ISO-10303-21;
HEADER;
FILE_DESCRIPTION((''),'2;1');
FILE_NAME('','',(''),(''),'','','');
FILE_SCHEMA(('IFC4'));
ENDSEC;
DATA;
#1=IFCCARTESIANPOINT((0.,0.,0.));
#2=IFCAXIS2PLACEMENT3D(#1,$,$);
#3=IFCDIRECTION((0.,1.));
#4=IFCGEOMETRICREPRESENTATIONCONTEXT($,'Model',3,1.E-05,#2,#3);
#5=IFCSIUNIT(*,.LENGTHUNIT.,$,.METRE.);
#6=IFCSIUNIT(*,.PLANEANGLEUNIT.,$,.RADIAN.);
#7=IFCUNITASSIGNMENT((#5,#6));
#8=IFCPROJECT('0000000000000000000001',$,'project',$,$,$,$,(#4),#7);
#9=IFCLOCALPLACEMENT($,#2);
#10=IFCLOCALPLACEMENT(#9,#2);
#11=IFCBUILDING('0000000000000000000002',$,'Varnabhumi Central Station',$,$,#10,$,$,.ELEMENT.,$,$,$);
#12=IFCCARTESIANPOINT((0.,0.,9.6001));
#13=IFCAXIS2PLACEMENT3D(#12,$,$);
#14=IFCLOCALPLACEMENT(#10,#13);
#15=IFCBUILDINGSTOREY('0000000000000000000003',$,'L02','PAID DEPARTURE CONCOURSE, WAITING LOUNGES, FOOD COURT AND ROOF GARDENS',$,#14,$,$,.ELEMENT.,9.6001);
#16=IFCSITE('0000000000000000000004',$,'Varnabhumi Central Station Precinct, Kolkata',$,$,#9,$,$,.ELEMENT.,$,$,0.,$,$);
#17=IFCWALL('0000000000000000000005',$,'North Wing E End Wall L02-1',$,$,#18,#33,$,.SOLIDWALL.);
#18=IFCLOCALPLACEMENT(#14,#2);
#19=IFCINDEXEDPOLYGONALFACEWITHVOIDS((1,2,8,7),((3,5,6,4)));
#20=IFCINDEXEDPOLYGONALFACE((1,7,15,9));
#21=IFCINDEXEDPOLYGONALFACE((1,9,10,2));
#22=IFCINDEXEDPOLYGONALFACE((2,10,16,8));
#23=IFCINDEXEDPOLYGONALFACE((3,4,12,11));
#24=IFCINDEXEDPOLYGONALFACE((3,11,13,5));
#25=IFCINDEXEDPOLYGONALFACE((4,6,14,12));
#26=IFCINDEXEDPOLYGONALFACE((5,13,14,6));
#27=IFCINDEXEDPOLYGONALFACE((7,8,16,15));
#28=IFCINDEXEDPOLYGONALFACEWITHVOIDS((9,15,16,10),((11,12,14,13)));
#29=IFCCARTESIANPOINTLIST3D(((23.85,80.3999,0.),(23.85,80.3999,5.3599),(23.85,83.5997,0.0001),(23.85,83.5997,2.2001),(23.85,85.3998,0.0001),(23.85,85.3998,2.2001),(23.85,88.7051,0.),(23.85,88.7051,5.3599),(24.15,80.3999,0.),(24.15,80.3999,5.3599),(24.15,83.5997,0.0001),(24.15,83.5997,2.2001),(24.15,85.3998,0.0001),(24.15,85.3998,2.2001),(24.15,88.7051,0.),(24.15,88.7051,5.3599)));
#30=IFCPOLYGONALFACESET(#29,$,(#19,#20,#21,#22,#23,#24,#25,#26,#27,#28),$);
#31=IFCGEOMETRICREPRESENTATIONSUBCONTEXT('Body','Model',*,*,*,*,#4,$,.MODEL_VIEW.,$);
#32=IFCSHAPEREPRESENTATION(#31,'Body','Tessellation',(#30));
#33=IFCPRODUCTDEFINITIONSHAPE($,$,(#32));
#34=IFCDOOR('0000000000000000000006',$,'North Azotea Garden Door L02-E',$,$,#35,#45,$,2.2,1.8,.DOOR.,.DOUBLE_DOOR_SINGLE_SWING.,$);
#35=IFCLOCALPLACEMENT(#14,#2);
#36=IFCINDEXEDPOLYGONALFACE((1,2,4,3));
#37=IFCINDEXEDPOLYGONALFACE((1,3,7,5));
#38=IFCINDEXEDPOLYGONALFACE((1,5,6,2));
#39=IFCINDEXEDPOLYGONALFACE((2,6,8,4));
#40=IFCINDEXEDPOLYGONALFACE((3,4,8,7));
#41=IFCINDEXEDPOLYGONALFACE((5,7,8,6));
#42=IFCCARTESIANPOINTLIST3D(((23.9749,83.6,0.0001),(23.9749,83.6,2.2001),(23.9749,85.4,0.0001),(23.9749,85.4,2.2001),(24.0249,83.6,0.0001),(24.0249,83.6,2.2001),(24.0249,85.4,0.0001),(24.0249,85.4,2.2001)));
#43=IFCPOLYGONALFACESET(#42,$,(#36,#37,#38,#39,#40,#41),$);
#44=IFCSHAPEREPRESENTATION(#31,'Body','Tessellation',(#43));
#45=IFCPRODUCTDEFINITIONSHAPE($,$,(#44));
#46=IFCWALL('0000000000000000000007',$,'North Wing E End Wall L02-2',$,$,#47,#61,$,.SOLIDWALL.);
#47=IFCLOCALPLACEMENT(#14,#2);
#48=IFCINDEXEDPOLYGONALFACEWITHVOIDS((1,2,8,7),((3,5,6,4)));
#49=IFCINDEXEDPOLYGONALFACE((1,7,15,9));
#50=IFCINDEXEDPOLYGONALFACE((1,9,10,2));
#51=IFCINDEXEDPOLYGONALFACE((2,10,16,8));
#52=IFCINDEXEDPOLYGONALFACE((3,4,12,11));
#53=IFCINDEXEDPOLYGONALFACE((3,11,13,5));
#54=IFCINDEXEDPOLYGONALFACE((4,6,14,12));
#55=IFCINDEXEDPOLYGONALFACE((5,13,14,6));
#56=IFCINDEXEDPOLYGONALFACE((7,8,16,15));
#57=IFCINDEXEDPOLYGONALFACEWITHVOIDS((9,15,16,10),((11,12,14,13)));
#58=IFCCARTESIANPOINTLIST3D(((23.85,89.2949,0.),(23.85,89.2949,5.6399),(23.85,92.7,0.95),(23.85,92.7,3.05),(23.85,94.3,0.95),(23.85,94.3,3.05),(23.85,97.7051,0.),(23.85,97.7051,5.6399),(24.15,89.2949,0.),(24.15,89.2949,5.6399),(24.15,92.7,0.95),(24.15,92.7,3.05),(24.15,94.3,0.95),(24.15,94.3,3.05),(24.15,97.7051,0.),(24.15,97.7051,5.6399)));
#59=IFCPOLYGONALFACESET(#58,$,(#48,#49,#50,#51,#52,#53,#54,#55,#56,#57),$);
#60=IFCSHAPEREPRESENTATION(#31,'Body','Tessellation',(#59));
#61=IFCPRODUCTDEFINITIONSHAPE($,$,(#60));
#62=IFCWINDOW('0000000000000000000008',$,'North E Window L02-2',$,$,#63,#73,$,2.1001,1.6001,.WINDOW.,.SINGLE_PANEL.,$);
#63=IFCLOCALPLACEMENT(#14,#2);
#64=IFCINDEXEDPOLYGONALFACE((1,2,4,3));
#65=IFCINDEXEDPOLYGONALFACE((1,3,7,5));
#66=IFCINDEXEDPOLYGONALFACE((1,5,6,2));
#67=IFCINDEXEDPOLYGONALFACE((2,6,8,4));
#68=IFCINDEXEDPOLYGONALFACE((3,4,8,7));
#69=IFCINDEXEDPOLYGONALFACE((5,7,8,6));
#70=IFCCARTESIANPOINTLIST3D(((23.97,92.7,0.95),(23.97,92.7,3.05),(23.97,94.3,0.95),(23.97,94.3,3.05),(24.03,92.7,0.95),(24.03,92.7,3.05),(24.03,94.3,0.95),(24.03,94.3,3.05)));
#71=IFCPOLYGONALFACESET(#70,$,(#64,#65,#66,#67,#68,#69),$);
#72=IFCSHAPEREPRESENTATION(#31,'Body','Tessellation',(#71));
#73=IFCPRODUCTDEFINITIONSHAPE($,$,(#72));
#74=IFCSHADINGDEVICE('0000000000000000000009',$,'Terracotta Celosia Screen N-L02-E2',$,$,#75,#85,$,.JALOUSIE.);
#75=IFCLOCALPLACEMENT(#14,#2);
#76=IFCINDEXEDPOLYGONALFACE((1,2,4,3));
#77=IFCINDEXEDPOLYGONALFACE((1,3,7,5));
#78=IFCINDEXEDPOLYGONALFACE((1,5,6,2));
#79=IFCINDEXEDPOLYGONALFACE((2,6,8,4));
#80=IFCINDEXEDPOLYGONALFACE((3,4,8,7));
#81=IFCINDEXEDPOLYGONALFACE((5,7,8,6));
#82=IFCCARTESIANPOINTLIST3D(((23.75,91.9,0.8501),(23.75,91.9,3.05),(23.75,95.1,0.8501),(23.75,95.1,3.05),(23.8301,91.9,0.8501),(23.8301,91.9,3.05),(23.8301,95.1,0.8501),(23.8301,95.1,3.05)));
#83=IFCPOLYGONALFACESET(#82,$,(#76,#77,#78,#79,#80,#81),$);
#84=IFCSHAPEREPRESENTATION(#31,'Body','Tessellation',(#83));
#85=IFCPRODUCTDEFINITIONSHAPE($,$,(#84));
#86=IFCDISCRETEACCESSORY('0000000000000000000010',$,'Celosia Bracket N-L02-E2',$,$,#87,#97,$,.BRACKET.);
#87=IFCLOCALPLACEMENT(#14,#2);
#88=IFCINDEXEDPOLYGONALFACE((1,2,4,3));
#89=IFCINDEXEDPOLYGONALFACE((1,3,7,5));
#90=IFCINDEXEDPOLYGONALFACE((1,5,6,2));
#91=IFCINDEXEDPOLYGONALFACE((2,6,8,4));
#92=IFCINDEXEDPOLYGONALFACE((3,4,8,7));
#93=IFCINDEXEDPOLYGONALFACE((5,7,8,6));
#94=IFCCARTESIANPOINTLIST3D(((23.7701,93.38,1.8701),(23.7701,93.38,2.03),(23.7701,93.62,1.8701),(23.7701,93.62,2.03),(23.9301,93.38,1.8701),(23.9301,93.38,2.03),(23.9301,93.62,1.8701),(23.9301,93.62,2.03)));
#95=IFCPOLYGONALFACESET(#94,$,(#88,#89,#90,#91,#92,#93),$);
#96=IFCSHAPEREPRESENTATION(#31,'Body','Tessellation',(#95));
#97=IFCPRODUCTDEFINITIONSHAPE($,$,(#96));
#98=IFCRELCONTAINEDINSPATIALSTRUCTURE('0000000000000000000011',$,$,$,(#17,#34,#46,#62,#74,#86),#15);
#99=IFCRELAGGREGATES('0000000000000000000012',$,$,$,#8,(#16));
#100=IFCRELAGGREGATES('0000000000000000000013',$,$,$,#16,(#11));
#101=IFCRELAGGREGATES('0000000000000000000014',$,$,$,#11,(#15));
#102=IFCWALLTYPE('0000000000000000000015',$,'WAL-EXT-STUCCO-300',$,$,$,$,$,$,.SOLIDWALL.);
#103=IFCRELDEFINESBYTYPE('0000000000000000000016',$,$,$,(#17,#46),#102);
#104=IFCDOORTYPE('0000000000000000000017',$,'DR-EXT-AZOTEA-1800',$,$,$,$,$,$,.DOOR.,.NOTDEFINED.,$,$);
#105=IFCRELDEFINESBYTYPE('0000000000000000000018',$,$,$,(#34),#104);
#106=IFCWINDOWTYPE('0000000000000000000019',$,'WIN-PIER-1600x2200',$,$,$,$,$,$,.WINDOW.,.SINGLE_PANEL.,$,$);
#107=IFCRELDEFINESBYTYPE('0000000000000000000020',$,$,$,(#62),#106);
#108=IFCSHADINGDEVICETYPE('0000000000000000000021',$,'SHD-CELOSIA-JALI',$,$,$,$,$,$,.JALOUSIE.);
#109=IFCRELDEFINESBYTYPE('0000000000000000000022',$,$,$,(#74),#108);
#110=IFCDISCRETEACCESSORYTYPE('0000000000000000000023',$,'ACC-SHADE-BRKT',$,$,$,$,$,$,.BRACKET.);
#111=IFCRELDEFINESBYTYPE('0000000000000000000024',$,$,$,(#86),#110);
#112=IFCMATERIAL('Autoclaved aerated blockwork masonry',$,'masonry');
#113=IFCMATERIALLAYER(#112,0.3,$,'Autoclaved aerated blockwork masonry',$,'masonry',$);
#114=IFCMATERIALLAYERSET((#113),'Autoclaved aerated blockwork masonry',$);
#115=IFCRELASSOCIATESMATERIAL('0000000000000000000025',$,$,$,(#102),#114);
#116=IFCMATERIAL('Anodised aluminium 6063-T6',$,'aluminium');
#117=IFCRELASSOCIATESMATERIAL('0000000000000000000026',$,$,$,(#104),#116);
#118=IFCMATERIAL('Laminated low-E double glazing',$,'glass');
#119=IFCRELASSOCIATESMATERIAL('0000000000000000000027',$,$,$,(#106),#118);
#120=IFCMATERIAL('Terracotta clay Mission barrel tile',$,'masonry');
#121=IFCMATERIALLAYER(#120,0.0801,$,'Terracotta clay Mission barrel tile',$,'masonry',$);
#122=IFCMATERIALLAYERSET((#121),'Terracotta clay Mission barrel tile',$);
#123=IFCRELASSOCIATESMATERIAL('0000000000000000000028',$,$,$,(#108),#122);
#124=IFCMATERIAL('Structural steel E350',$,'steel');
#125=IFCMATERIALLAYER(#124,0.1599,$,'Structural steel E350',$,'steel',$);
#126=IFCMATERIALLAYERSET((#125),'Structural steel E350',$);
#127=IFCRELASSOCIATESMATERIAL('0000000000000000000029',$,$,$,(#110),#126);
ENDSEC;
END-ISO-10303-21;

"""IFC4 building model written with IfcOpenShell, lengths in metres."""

from ifc_helpers import new_model, si_unit, direction, frame, frame_2d, origin, origin_2d, place, context, subcontext, project, spatial, rectangle, extrude, material, layer, layer_set, type_object, element, fill, save


model = new_model("IFC4")

# Units and contexts
model_context = context("Model", 3, precision=1e-05, world=origin(), true_north=direction((0.0, 1.0)))
body_context = subcontext(model_context, "Body", "Model", "MODEL_VIEW")
ifc_project = project(units=[si_unit("LENGTHUNIT", "METRE"), si_unit("PLANEANGLEUNIT", "RADIAN")], contexts=[model_context])

# Site, building, storey
site_placement = place(None, origin())
site = spatial("IfcSite", under=ifc_project, at=site_placement, Name="Varnabhumi Central Station Precinct, Kolkata", CompositionType="ELEMENT", RefElevation=0.0)
building_placement = place(site_placement, origin())
building = spatial("IfcBuilding", under=site, at=building_placement, Name="Varnabhumi Central Station", CompositionType="ELEMENT")
storey_placement = place(building_placement, frame((0.0, 0.0, 9.6001)))
storey = spatial("IfcBuildingStorey", under=building, at=storey_placement, Name="L02", Description="PAID DEPARTURE CONCOURSE, WAITING LOUNGES, FOOD COURT AND ROOF GARDENS", CompositionType="ELEMENT", Elevation=9.6001)

# Shared definitions
ifc_material_1 = material(Name="Structural steel E350", Category="steel")

# Shared definitions
ifc_material_2 = material(Name="Anodised aluminium 6063-T6", Category="aluminium")

# Shared definitions
ifc_material_3 = material(Name="Laminated low-E double glazing", Category="glass")

# Wall, opening, door
ifc_material_4 = material(Name="Autoclaved aerated blockwork masonry", Category="masonry")
ifc_layer_1 = layer(ifc_material_4, 0.3, Name="Autoclaved aerated blockwork masonry", Category="masonry")
ifc_layer_set_1 = layer_set([ifc_layer_1], Name="Autoclaved aerated blockwork masonry")
wall_type = type_object("IfcWallType", Name="WAL-EXT-STUCCO-300", PredefinedType="SOLIDWALL", material=ifc_layer_set_1)
wall_1_placement = place(storey_placement, frame((24.0, 80.3999, 0.0), z_axis=(0.0, 0.0, 1.0), x_axis=(0.0, 1.0, 0.0)))
wall_1 = element("IfcWall", 1, at=wall_1_placement, inside=storey, type_object=wall_type, Name="North Wing E End Wall L02-1", PredefinedType="SOLIDWALL", context=body_context, shape_type="SweptSolid", body=[
    extrude(rectangle(XDim=8.3052, YDim=0.3, at=frame_2d((4.1526, 0.0))), origin(), (0.0, 0.0, 1.0), 5.3599),
])
opening_1_placement = place(wall_1_placement, frame((3.2, 0.0, 0.0)))
opening_1 = element("IfcOpeningElement", 2, at=opening_1_placement, cuts=wall_1, PredefinedType="OPENING", context=body_context, shape_type="SweptSolid", body=[
    extrude(rectangle(XDim=1.8, YDim=2.2, at=frame_2d((0.8999, 1.1001))), frame((0.0, 0.1599, 0.0), z_axis=(0.0, -1.0, 0.0), x_axis=(1.0, 0.0, 0.0)), (0.0, 0.0, 1.0), 0.3201),
])
door_type = type_object("IfcDoorType", Name="DR-EXT-AZOTEA-1800", OperationType="NOTDEFINED", PredefinedType="DOOR", material=ifc_material_2)
door_placement = place(opening_1_placement, frame((1.8, 0.0, 0.0), z_axis=(0.0, 0.0, 1.0), x_axis=(-1.0, 0.0, 0.0)))
door = element("IfcDoor", 3, at=door_placement, inside=storey, type_object=door_type, Name="North Azotea Garden Door L02-E", OperationType="DOUBLE_DOOR_SINGLE_SWING", OverallHeight=2.2, OverallWidth=1.8, PredefinedType="DOOR", context=body_context, shape_type="SweptSolid", body=[
    extrude(rectangle(XDim=1.8, YDim=2.2, at=frame_2d((0.8999, 1.1001))), frame((0.0, 0.0249, 0.0), z_axis=(0.0, -1.0, 0.0), x_axis=(1.0, 0.0, 0.0)), (0.0, 0.0, 1.0), 0.05),
])
fill(opening_1, door)

# Wall, opening, window
wall_2_placement = place(storey_placement, frame((24.0, 89.2949, 0.0), z_axis=(0.0, 0.0, 1.0), x_axis=(0.0, 1.0, 0.0)))
wall_2 = element("IfcWall", 4, at=wall_2_placement, inside=storey, type_object=wall_type, Name="North Wing E End Wall L02-2", PredefinedType="SOLIDWALL", context=body_context, shape_type="SweptSolid", body=[
    extrude(rectangle(XDim=8.4102, YDim=0.3, at=frame_2d((4.2051, 0.0))), origin(), (0.0, 0.0, 1.0), 5.6399),
])
opening_2_placement = place(wall_2_placement, frame((3.405, 0.0, 0.95)))
opening_2 = element("IfcOpeningElement", 5, at=opening_2_placement, cuts=wall_2, PredefinedType="OPENING", context=body_context, shape_type="SweptSolid", body=[
    extrude(rectangle(XDim=1.6001, YDim=2.1001, at=frame_2d((0.8, 1.05))), frame((0.0, 0.1599, 0.0), z_axis=(0.0, -1.0, 0.0), x_axis=(1.0, 0.0, 0.0)), (0.0, 0.0, 1.0), 0.3201),
])
window_type = type_object("IfcWindowType", Name="WIN-PIER-1600x2200", PartitioningType="SINGLE_PANEL", PredefinedType="WINDOW", material=ifc_material_3)
window_placement = place(opening_2_placement, origin())
window = element("IfcWindow", 6, at=window_placement, inside=storey, type_object=window_type, Name="North E Window L02-2", OverallHeight=2.1001, OverallWidth=1.6001, PartitioningType="SINGLE_PANEL", PredefinedType="WINDOW", context=body_context, shape_type="SweptSolid", body=[
    extrude(rectangle(XDim=1.6001, YDim=2.1001, at=frame_2d((0.8, 1.05))), frame((0.0, 0.03, 0.0), z_axis=(0.0, -1.0, 0.0), x_axis=(1.0, 0.0, 0.0)), (0.0, 0.0, 1.0), 0.0601),
])
fill(opening_2, window)

# Shading device
ifc_material_5 = material(Name="Terracotta clay Mission barrel tile", Category="masonry")
ifc_layer_2 = layer(ifc_material_5, 0.0801, Name="Terracotta clay Mission barrel tile", Category="masonry")
ifc_layer_set_2 = layer_set([ifc_layer_2], Name="Terracotta clay Mission barrel tile")
shading_device_type = type_object("IfcShadingDeviceType", Name="SHD-CELOSIA-JALI", PredefinedType="JALOUSIE", material=ifc_layer_set_2)
shading_device_placement = place(storey_placement, frame((23.79, 93.5, 0.8501), z_axis=(0.0, 0.0, 1.0), x_axis=(1.0, 0.0, 0.0)))
element("IfcShadingDevice", 7, at=shading_device_placement, inside=storey, type_object=shading_device_type, Name="Terracotta Celosia Screen N-L02-E2", PredefinedType="JALOUSIE", context=body_context, shape_type="SweptSolid", body=[
    extrude(rectangle(XDim=0.0801, YDim=3.2, at=origin_2d()), origin(), (0.0, 0.0, 1.0), 2.2),
])

# Discrete accessory
ifc_layer_3 = layer(ifc_material_1, 0.1599, Name="Structural steel E350", Category="steel")
ifc_layer_set_3 = layer_set([ifc_layer_3], Name="Structural steel E350")
discrete_accessory_type = type_object("IfcDiscreteAccessoryType", Name="ACC-SHADE-BRKT", PredefinedType="BRACKET", material=ifc_layer_set_3)
discrete_accessory_placement = place(storey_placement, frame((23.8501, 93.5, 1.8701), z_axis=(0.0, 0.0, 1.0), x_axis=(1.0, 0.0, 0.0)))
element("IfcDiscreteAccessory", 8, at=discrete_accessory_placement, inside=storey, type_object=discrete_accessory_type, Name="Celosia Bracket N-L02-E2", PredefinedType="BRACKET", context=body_context, shape_type="SweptSolid", body=[
    extrude(rectangle(XDim=0.1599, YDim=0.24, at=origin_2d()), origin(), (0.0, 0.0, 1.0), 0.1599),
])

save(model, "model.ifc")
